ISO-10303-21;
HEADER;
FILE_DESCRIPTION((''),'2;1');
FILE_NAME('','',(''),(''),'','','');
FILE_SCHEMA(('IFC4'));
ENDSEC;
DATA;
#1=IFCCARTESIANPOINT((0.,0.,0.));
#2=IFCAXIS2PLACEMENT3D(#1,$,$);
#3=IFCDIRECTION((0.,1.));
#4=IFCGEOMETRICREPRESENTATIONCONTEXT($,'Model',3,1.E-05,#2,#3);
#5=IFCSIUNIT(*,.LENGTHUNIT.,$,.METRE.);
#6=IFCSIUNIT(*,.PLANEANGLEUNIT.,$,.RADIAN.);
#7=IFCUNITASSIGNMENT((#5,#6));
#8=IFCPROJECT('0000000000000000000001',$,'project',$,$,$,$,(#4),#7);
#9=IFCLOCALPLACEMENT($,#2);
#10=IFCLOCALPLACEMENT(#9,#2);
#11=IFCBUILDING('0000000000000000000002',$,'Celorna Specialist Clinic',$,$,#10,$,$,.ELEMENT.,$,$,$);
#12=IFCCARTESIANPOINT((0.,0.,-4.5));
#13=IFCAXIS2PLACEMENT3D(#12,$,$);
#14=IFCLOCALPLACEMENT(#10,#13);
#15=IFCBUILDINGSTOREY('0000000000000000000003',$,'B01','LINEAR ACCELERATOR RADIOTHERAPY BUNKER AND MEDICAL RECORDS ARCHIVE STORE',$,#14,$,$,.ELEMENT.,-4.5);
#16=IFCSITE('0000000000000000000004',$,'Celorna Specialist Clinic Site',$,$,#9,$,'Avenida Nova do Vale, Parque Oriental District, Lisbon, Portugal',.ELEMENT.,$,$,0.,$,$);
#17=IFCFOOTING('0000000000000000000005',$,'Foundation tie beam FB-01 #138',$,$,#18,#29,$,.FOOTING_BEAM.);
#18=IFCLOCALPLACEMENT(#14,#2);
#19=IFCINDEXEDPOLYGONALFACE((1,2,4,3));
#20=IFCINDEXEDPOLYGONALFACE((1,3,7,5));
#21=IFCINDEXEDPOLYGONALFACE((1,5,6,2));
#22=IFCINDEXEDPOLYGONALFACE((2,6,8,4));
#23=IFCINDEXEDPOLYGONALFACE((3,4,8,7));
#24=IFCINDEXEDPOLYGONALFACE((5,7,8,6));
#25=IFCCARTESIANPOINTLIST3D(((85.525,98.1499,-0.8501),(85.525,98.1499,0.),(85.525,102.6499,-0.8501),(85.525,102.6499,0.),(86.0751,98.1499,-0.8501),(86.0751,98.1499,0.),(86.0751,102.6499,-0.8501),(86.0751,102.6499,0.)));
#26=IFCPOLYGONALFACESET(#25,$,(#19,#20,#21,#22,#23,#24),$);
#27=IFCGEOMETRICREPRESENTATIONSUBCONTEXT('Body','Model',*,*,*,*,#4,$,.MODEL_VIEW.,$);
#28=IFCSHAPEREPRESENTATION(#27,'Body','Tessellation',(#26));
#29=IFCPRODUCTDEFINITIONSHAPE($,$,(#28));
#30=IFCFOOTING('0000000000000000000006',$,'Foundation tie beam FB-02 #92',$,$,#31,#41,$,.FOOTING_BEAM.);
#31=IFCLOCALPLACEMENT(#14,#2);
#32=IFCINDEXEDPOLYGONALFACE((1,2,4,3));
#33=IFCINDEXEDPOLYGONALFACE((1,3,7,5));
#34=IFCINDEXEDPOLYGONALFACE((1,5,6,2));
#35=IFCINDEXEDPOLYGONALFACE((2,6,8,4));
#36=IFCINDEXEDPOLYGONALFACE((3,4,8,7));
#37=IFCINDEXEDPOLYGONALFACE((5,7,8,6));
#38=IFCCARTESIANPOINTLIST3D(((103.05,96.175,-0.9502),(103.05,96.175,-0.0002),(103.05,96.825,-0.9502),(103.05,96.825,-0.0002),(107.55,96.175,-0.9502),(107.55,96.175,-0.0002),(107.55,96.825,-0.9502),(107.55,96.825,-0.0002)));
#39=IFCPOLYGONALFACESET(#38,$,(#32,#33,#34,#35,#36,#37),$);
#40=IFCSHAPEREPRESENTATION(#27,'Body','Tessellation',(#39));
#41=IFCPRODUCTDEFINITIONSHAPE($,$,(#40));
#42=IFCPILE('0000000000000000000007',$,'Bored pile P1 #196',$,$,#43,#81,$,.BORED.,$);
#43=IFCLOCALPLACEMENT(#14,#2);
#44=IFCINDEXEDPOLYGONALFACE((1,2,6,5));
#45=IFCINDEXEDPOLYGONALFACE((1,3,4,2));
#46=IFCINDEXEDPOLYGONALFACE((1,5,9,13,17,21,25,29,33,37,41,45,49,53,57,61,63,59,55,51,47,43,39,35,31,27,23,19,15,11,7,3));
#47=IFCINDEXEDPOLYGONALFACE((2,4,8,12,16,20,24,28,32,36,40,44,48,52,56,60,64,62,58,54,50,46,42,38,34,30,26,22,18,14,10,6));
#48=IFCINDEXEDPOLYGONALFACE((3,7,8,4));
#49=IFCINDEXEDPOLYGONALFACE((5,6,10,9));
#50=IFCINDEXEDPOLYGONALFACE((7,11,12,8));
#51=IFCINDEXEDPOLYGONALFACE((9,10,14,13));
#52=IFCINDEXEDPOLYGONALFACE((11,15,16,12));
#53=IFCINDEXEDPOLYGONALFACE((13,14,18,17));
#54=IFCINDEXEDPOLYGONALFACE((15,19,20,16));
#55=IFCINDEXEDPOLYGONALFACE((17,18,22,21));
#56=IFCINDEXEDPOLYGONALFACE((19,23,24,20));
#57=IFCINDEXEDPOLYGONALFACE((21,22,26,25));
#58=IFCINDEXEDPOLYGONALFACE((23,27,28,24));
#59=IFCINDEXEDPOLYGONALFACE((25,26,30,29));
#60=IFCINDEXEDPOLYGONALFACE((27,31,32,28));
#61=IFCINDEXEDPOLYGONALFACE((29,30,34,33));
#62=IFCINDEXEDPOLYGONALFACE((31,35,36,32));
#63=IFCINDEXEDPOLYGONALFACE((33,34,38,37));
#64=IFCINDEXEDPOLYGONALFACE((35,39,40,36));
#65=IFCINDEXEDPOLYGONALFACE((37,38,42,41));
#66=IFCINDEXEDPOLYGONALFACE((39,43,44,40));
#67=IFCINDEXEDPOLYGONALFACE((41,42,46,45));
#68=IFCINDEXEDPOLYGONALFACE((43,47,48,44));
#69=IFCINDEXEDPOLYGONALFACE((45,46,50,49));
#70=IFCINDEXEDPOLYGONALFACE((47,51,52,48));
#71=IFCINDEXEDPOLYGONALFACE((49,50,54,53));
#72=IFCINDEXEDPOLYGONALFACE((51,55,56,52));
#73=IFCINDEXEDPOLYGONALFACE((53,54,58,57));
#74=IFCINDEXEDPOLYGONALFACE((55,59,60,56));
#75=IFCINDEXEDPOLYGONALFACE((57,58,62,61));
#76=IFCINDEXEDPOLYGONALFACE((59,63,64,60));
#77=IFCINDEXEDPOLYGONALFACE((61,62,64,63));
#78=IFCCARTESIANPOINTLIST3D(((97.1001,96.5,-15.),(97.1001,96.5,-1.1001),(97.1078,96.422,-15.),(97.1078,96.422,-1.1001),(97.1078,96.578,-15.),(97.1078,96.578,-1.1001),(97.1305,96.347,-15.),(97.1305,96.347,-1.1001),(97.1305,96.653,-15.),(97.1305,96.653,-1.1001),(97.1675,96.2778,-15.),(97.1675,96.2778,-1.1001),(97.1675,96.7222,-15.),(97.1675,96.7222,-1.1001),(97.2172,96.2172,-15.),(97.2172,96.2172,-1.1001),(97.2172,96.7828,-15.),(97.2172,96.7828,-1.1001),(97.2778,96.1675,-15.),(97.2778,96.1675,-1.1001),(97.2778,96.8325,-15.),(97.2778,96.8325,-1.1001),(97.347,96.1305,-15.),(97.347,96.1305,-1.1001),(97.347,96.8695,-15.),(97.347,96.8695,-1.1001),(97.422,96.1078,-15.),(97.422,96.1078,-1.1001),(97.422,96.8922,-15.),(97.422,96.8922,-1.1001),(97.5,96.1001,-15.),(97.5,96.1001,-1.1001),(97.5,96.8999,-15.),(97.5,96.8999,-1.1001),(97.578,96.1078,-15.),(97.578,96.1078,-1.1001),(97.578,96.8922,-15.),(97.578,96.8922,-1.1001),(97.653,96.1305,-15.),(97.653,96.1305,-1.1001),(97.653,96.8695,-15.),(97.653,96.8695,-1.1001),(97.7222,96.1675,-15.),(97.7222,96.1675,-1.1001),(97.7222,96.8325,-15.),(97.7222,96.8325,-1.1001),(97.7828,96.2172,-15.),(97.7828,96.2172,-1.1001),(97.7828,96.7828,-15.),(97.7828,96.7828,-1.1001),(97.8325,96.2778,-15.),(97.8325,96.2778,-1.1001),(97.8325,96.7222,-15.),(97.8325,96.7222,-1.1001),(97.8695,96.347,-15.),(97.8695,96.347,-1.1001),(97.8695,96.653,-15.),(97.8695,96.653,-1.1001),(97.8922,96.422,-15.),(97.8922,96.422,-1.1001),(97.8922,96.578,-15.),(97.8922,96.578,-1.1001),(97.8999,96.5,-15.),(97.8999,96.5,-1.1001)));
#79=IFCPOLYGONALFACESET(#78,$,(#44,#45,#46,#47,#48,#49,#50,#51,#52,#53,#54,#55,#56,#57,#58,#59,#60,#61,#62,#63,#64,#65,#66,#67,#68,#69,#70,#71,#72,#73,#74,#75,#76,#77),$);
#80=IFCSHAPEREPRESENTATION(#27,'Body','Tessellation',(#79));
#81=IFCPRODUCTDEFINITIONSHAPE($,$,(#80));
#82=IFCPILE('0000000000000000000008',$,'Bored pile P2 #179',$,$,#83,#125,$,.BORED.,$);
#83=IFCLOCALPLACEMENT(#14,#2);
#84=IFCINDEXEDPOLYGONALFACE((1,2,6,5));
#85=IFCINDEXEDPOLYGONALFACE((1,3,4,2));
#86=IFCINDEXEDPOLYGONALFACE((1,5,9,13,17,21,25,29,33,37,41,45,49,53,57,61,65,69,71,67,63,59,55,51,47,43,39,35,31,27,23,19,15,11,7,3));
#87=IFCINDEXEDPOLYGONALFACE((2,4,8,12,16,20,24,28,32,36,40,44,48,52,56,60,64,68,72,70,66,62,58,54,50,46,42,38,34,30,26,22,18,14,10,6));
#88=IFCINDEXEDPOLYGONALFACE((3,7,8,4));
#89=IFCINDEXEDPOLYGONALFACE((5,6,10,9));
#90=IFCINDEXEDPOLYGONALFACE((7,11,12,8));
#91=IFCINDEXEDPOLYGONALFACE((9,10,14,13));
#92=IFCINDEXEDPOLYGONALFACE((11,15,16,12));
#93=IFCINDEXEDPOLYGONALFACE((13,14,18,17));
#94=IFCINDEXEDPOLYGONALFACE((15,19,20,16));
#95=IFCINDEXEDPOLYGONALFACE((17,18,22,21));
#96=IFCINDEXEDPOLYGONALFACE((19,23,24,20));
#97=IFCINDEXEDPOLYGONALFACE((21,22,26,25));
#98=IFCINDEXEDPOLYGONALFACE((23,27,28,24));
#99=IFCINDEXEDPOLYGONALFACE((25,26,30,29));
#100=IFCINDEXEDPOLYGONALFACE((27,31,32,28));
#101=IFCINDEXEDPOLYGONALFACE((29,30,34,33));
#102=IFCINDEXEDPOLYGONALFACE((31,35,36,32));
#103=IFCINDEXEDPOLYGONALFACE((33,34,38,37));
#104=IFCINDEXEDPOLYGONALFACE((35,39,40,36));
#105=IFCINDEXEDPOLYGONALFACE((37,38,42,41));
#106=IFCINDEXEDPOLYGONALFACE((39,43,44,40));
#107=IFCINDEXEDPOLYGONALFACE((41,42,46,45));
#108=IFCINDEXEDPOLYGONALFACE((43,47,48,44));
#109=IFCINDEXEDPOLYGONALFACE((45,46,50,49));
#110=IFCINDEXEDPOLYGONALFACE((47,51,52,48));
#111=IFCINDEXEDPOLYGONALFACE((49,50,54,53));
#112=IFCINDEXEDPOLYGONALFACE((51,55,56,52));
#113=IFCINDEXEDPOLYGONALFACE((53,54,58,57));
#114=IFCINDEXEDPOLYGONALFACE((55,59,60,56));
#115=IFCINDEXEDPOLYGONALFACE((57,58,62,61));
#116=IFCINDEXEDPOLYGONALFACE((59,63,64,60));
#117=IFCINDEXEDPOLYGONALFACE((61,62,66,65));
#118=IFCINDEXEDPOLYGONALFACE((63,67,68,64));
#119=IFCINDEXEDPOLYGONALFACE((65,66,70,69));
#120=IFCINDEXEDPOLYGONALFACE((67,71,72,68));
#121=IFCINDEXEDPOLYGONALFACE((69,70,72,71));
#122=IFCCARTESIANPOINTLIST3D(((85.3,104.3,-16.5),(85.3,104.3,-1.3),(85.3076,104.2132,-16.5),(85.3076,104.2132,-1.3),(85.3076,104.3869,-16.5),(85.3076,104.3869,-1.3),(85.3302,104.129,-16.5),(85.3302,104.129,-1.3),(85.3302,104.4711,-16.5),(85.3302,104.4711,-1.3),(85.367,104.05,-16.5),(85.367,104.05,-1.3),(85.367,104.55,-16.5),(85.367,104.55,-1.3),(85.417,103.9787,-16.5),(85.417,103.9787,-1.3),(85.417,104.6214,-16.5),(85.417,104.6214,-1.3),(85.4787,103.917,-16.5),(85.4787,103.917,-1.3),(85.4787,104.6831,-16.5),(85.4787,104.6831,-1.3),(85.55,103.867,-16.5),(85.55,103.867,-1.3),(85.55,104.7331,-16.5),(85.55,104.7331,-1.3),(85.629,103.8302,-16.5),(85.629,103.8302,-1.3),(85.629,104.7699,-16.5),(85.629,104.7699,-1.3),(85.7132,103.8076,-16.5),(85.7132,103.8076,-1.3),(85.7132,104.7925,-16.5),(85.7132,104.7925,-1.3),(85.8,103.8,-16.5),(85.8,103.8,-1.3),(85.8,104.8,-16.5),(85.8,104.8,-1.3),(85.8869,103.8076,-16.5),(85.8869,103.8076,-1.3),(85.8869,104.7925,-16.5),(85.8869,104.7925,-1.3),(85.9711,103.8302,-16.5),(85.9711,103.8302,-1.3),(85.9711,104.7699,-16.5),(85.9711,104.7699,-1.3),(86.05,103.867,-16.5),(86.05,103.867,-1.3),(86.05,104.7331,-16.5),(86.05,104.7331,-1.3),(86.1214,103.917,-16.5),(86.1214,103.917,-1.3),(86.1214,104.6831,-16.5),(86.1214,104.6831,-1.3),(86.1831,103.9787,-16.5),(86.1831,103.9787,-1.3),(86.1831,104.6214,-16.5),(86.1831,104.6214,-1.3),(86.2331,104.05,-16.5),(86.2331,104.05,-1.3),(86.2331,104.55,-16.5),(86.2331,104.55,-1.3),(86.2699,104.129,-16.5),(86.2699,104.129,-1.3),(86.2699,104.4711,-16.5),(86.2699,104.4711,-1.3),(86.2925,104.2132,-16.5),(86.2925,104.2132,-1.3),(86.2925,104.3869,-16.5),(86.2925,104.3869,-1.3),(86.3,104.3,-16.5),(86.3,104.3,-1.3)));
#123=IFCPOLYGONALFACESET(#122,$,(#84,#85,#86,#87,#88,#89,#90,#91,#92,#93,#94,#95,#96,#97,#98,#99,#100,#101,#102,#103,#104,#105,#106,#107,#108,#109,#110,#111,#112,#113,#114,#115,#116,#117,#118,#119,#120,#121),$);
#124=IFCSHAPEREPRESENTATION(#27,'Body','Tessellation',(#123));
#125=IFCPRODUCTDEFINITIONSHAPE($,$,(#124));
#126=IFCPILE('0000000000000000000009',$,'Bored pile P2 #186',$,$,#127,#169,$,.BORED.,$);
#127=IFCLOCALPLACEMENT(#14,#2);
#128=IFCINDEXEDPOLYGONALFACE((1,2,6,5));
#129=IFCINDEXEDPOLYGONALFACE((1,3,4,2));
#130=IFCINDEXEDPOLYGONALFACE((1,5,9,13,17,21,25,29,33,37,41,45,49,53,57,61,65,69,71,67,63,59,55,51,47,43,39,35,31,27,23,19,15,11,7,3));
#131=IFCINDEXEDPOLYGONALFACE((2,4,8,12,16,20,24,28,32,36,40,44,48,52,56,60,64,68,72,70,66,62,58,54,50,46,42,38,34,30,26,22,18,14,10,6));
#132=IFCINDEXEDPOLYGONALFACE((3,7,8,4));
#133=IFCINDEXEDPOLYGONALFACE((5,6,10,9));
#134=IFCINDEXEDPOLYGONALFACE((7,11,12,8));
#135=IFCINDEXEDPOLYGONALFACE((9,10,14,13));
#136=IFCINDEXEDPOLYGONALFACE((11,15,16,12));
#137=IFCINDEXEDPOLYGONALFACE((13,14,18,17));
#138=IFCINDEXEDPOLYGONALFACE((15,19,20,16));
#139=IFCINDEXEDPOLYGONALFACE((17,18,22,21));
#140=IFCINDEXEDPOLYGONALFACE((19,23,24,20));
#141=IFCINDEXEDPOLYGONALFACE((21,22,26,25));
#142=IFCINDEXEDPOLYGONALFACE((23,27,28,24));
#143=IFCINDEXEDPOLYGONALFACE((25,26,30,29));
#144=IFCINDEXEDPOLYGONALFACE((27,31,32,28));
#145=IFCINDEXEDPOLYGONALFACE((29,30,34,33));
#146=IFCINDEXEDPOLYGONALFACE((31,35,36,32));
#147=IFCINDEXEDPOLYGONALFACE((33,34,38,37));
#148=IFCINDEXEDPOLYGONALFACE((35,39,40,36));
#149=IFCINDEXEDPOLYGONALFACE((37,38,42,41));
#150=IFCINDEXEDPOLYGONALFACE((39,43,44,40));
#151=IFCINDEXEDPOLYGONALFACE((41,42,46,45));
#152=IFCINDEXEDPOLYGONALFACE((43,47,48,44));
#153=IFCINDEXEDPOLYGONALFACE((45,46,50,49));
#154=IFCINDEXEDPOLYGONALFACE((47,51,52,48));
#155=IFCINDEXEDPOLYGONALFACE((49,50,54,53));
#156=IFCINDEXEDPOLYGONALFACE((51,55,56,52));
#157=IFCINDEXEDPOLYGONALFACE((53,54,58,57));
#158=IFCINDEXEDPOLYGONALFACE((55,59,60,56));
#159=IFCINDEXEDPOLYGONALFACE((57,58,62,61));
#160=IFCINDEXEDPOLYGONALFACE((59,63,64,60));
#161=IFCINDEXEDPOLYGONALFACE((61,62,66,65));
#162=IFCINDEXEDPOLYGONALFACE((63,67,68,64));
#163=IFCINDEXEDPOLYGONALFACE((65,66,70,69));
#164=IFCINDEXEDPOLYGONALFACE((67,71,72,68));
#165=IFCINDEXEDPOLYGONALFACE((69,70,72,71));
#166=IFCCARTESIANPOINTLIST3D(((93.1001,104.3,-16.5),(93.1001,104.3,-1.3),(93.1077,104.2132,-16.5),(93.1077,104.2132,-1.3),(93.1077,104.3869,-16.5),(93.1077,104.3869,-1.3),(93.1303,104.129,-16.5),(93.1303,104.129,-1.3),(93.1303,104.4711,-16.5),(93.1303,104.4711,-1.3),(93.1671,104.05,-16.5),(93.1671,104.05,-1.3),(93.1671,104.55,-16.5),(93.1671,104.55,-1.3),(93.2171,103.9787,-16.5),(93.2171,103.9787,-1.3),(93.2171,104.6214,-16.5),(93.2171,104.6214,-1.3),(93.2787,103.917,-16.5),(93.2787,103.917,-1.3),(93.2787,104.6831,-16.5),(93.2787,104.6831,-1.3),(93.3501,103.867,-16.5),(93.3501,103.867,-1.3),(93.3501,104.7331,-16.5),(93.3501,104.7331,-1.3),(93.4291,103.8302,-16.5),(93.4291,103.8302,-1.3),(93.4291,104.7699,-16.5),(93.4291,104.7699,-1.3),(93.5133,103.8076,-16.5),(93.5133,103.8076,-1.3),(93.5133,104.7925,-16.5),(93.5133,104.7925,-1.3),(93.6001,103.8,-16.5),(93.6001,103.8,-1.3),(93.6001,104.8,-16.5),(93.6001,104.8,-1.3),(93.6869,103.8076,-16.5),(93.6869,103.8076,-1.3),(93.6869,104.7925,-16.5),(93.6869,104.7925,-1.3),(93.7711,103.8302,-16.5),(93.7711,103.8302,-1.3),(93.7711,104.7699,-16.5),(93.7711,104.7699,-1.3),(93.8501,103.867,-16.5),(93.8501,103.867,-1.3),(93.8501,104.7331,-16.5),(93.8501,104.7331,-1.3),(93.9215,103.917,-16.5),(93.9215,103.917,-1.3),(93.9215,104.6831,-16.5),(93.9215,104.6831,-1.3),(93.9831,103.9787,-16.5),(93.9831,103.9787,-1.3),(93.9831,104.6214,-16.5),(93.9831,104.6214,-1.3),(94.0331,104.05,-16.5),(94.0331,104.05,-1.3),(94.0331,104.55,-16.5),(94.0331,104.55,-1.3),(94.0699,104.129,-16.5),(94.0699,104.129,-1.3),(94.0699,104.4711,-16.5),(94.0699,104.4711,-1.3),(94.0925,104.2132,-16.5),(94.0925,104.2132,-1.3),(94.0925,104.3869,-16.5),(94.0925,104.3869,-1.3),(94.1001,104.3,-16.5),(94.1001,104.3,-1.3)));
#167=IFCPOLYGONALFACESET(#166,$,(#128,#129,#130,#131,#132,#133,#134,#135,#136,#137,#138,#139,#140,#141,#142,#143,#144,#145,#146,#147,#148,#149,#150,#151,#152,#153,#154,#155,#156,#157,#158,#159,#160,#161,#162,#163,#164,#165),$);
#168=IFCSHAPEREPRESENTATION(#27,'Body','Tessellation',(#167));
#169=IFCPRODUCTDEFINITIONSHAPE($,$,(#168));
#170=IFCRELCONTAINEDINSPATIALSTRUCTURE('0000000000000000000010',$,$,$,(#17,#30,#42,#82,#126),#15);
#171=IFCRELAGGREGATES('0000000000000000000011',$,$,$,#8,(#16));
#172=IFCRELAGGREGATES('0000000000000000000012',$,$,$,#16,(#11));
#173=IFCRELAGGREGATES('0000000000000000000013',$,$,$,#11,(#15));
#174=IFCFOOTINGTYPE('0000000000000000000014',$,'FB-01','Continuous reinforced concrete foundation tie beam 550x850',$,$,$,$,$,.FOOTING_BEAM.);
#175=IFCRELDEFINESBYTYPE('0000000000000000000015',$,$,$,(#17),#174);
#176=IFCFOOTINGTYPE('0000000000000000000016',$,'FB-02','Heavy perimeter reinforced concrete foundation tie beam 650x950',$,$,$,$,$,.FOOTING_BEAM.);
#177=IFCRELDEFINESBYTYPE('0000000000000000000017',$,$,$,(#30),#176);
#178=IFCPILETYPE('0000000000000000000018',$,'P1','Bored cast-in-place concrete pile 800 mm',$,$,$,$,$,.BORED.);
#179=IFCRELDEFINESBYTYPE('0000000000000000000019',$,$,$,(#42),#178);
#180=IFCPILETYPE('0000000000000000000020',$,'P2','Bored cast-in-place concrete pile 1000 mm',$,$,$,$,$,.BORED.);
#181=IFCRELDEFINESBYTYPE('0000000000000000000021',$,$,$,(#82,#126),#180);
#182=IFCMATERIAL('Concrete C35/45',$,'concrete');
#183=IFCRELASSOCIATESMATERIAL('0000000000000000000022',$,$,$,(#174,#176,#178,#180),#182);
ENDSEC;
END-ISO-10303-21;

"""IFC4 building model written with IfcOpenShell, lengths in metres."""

from ifc_helpers import new_model, si_unit, direction, frame, origin, origin_2d, place, context, subcontext, project, spatial, rectangle, circle, extrude, material, material_profile, profile_set, type_object, element, save


model = new_model("IFC4")

# Units and contexts
model_context = context("Model", 3, precision=1e-05, world=origin(), true_north=direction((0.0, 1.0)))
body_context = subcontext(model_context, "Body", "Model", "MODEL_VIEW")
ifc_project = project(units=[si_unit("LENGTHUNIT", "METRE"), si_unit("PLANEANGLEUNIT", "RADIAN")], contexts=[model_context])

# Site, building, storey
site_placement = place(None, origin())
site = spatial("IfcSite", under=ifc_project, at=site_placement, Name="Celorna Specialist Clinic Site", LongName="Avenida Nova do Vale, Parque Oriental District, Lisbon, Portugal", CompositionType="ELEMENT", RefElevation=0.0)
building_placement = place(site_placement, origin())
building = spatial("IfcBuilding", under=site, at=building_placement, Name="Celorna Specialist Clinic", CompositionType="ELEMENT")
storey_placement = place(building_placement, frame((0.0, 0.0, -4.5)))
storey = spatial("IfcBuildingStorey", under=building, at=storey_placement, Name="B01", Description="LINEAR ACCELERATOR RADIOTHERAPY BUNKER AND MEDICAL RECORDS ARCHIVE STORE", CompositionType="ELEMENT", Elevation=-4.5)

# Footings
ifc_material_1 = material(Name="Concrete C35/45", Category="concrete")
footing_type_1 = type_object("IfcFootingType", Name="FB-01", Description="Continuous reinforced concrete foundation tie beam 550x850", PredefinedType="FOOTING_BEAM", material=ifc_material_1)
footing_1_placement = place(storey_placement, frame((85.8, 100.3999, -0.8501), z_axis=(0.0, 0.0, 1.0), x_axis=(0.0, 1.0, 0.0)))
element("IfcFooting", 1, at=footing_1_placement, inside=storey, type_object=footing_type_1, Name="Foundation tie beam FB-01 #138", PredefinedType="FOOTING_BEAM", context=body_context, shape_type="SweptSolid", body=[
    extrude(rectangle(XDim=4.5, YDim=0.55, at=origin_2d()), origin(), (0.0, 0.0, 1.0), 0.8501),
])
footing_type_2 = type_object("IfcFootingType", Name="FB-02", Description="Heavy perimeter reinforced concrete foundation tie beam 650x950", PredefinedType="FOOTING_BEAM", material=ifc_material_1)
footing_2_placement = place(storey_placement, frame((105.3, 96.5, -0.9502), z_axis=(0.0, 0.0, 1.0), x_axis=(1.0, 0.0, 0.0)))
element("IfcFooting", 2, at=footing_2_placement, inside=storey, type_object=footing_type_2, Name="Foundation tie beam FB-02 #92", PredefinedType="FOOTING_BEAM", context=body_context, shape_type="SweptSolid", body=[
    extrude(rectangle(XDim=4.5, YDim=0.6499, at=origin_2d()), origin(), (0.0, 0.0, 1.0), 0.95),
])

# Piles
ifc_material_profile_1 = material_profile(ifc_material_1, circle(Radius=0.3999, at=origin_2d()), Name="BORED PILE 800")
ifc_profile_set_1 = profile_set([ifc_material_profile_1], Name="Concrete C35/45")
pile_type_1 = type_object("IfcPileType", Name="P1", Description="Bored cast-in-place concrete pile 800 mm", PredefinedType="BORED", material=ifc_profile_set_1)
pile_placement = place(storey_placement, frame((97.5, 96.5, -1.1001), z_axis=(0.0, 0.0, -1.0), x_axis=(1.0, 0.0, 0.0)))
element("IfcPile", 3, at=pile_placement, inside=storey, type_object=pile_type_1, Name="Bored pile P1 #196", PredefinedType="BORED", context=body_context, shape_type="SweptSolid", body=[
    extrude(circle(Radius=0.3999, at=origin_2d()), origin(), (0.0, 0.0, 1.0), 13.8999),
])
ifc_material_profile_2 = material_profile(ifc_material_1, circle(Radius=0.5, at=origin_2d()), Name="BORED PILE 1000")
ifc_profile_set_2 = profile_set([ifc_material_profile_2], Name="Concrete C35/45")
pile_type_2 = type_object("IfcPileType", Name="P2", Description="Bored cast-in-place concrete pile 1000 mm", PredefinedType="BORED", material=ifc_profile_set_2)
for number, where, z_axis, x_axis, name in (
    (4, (85.8, 104.3, -1.3), (0.0, 0.0, -1.0), (1.0, 0.0, 0.0), "Bored pile P2 #179"),
    (5, (93.6001, 104.3, -1.3), (0.0, 0.0, -1.0), (1.0, 0.0, 0.0), "Bored pile P2 #186"),
):
    element("IfcPile", number, at=place(storey_placement, frame(where, z_axis=z_axis, x_axis=x_axis)), inside=storey, type_object=pile_type_2, Name=name, PredefinedType="BORED", context=body_context, shape_type="SweptSolid", body=[
        extrude(circle(Radius=0.5, at=origin_2d()), origin(), (0.0, 0.0, 1.0), 15.2),
    ])

save(model, "model.ifc")
